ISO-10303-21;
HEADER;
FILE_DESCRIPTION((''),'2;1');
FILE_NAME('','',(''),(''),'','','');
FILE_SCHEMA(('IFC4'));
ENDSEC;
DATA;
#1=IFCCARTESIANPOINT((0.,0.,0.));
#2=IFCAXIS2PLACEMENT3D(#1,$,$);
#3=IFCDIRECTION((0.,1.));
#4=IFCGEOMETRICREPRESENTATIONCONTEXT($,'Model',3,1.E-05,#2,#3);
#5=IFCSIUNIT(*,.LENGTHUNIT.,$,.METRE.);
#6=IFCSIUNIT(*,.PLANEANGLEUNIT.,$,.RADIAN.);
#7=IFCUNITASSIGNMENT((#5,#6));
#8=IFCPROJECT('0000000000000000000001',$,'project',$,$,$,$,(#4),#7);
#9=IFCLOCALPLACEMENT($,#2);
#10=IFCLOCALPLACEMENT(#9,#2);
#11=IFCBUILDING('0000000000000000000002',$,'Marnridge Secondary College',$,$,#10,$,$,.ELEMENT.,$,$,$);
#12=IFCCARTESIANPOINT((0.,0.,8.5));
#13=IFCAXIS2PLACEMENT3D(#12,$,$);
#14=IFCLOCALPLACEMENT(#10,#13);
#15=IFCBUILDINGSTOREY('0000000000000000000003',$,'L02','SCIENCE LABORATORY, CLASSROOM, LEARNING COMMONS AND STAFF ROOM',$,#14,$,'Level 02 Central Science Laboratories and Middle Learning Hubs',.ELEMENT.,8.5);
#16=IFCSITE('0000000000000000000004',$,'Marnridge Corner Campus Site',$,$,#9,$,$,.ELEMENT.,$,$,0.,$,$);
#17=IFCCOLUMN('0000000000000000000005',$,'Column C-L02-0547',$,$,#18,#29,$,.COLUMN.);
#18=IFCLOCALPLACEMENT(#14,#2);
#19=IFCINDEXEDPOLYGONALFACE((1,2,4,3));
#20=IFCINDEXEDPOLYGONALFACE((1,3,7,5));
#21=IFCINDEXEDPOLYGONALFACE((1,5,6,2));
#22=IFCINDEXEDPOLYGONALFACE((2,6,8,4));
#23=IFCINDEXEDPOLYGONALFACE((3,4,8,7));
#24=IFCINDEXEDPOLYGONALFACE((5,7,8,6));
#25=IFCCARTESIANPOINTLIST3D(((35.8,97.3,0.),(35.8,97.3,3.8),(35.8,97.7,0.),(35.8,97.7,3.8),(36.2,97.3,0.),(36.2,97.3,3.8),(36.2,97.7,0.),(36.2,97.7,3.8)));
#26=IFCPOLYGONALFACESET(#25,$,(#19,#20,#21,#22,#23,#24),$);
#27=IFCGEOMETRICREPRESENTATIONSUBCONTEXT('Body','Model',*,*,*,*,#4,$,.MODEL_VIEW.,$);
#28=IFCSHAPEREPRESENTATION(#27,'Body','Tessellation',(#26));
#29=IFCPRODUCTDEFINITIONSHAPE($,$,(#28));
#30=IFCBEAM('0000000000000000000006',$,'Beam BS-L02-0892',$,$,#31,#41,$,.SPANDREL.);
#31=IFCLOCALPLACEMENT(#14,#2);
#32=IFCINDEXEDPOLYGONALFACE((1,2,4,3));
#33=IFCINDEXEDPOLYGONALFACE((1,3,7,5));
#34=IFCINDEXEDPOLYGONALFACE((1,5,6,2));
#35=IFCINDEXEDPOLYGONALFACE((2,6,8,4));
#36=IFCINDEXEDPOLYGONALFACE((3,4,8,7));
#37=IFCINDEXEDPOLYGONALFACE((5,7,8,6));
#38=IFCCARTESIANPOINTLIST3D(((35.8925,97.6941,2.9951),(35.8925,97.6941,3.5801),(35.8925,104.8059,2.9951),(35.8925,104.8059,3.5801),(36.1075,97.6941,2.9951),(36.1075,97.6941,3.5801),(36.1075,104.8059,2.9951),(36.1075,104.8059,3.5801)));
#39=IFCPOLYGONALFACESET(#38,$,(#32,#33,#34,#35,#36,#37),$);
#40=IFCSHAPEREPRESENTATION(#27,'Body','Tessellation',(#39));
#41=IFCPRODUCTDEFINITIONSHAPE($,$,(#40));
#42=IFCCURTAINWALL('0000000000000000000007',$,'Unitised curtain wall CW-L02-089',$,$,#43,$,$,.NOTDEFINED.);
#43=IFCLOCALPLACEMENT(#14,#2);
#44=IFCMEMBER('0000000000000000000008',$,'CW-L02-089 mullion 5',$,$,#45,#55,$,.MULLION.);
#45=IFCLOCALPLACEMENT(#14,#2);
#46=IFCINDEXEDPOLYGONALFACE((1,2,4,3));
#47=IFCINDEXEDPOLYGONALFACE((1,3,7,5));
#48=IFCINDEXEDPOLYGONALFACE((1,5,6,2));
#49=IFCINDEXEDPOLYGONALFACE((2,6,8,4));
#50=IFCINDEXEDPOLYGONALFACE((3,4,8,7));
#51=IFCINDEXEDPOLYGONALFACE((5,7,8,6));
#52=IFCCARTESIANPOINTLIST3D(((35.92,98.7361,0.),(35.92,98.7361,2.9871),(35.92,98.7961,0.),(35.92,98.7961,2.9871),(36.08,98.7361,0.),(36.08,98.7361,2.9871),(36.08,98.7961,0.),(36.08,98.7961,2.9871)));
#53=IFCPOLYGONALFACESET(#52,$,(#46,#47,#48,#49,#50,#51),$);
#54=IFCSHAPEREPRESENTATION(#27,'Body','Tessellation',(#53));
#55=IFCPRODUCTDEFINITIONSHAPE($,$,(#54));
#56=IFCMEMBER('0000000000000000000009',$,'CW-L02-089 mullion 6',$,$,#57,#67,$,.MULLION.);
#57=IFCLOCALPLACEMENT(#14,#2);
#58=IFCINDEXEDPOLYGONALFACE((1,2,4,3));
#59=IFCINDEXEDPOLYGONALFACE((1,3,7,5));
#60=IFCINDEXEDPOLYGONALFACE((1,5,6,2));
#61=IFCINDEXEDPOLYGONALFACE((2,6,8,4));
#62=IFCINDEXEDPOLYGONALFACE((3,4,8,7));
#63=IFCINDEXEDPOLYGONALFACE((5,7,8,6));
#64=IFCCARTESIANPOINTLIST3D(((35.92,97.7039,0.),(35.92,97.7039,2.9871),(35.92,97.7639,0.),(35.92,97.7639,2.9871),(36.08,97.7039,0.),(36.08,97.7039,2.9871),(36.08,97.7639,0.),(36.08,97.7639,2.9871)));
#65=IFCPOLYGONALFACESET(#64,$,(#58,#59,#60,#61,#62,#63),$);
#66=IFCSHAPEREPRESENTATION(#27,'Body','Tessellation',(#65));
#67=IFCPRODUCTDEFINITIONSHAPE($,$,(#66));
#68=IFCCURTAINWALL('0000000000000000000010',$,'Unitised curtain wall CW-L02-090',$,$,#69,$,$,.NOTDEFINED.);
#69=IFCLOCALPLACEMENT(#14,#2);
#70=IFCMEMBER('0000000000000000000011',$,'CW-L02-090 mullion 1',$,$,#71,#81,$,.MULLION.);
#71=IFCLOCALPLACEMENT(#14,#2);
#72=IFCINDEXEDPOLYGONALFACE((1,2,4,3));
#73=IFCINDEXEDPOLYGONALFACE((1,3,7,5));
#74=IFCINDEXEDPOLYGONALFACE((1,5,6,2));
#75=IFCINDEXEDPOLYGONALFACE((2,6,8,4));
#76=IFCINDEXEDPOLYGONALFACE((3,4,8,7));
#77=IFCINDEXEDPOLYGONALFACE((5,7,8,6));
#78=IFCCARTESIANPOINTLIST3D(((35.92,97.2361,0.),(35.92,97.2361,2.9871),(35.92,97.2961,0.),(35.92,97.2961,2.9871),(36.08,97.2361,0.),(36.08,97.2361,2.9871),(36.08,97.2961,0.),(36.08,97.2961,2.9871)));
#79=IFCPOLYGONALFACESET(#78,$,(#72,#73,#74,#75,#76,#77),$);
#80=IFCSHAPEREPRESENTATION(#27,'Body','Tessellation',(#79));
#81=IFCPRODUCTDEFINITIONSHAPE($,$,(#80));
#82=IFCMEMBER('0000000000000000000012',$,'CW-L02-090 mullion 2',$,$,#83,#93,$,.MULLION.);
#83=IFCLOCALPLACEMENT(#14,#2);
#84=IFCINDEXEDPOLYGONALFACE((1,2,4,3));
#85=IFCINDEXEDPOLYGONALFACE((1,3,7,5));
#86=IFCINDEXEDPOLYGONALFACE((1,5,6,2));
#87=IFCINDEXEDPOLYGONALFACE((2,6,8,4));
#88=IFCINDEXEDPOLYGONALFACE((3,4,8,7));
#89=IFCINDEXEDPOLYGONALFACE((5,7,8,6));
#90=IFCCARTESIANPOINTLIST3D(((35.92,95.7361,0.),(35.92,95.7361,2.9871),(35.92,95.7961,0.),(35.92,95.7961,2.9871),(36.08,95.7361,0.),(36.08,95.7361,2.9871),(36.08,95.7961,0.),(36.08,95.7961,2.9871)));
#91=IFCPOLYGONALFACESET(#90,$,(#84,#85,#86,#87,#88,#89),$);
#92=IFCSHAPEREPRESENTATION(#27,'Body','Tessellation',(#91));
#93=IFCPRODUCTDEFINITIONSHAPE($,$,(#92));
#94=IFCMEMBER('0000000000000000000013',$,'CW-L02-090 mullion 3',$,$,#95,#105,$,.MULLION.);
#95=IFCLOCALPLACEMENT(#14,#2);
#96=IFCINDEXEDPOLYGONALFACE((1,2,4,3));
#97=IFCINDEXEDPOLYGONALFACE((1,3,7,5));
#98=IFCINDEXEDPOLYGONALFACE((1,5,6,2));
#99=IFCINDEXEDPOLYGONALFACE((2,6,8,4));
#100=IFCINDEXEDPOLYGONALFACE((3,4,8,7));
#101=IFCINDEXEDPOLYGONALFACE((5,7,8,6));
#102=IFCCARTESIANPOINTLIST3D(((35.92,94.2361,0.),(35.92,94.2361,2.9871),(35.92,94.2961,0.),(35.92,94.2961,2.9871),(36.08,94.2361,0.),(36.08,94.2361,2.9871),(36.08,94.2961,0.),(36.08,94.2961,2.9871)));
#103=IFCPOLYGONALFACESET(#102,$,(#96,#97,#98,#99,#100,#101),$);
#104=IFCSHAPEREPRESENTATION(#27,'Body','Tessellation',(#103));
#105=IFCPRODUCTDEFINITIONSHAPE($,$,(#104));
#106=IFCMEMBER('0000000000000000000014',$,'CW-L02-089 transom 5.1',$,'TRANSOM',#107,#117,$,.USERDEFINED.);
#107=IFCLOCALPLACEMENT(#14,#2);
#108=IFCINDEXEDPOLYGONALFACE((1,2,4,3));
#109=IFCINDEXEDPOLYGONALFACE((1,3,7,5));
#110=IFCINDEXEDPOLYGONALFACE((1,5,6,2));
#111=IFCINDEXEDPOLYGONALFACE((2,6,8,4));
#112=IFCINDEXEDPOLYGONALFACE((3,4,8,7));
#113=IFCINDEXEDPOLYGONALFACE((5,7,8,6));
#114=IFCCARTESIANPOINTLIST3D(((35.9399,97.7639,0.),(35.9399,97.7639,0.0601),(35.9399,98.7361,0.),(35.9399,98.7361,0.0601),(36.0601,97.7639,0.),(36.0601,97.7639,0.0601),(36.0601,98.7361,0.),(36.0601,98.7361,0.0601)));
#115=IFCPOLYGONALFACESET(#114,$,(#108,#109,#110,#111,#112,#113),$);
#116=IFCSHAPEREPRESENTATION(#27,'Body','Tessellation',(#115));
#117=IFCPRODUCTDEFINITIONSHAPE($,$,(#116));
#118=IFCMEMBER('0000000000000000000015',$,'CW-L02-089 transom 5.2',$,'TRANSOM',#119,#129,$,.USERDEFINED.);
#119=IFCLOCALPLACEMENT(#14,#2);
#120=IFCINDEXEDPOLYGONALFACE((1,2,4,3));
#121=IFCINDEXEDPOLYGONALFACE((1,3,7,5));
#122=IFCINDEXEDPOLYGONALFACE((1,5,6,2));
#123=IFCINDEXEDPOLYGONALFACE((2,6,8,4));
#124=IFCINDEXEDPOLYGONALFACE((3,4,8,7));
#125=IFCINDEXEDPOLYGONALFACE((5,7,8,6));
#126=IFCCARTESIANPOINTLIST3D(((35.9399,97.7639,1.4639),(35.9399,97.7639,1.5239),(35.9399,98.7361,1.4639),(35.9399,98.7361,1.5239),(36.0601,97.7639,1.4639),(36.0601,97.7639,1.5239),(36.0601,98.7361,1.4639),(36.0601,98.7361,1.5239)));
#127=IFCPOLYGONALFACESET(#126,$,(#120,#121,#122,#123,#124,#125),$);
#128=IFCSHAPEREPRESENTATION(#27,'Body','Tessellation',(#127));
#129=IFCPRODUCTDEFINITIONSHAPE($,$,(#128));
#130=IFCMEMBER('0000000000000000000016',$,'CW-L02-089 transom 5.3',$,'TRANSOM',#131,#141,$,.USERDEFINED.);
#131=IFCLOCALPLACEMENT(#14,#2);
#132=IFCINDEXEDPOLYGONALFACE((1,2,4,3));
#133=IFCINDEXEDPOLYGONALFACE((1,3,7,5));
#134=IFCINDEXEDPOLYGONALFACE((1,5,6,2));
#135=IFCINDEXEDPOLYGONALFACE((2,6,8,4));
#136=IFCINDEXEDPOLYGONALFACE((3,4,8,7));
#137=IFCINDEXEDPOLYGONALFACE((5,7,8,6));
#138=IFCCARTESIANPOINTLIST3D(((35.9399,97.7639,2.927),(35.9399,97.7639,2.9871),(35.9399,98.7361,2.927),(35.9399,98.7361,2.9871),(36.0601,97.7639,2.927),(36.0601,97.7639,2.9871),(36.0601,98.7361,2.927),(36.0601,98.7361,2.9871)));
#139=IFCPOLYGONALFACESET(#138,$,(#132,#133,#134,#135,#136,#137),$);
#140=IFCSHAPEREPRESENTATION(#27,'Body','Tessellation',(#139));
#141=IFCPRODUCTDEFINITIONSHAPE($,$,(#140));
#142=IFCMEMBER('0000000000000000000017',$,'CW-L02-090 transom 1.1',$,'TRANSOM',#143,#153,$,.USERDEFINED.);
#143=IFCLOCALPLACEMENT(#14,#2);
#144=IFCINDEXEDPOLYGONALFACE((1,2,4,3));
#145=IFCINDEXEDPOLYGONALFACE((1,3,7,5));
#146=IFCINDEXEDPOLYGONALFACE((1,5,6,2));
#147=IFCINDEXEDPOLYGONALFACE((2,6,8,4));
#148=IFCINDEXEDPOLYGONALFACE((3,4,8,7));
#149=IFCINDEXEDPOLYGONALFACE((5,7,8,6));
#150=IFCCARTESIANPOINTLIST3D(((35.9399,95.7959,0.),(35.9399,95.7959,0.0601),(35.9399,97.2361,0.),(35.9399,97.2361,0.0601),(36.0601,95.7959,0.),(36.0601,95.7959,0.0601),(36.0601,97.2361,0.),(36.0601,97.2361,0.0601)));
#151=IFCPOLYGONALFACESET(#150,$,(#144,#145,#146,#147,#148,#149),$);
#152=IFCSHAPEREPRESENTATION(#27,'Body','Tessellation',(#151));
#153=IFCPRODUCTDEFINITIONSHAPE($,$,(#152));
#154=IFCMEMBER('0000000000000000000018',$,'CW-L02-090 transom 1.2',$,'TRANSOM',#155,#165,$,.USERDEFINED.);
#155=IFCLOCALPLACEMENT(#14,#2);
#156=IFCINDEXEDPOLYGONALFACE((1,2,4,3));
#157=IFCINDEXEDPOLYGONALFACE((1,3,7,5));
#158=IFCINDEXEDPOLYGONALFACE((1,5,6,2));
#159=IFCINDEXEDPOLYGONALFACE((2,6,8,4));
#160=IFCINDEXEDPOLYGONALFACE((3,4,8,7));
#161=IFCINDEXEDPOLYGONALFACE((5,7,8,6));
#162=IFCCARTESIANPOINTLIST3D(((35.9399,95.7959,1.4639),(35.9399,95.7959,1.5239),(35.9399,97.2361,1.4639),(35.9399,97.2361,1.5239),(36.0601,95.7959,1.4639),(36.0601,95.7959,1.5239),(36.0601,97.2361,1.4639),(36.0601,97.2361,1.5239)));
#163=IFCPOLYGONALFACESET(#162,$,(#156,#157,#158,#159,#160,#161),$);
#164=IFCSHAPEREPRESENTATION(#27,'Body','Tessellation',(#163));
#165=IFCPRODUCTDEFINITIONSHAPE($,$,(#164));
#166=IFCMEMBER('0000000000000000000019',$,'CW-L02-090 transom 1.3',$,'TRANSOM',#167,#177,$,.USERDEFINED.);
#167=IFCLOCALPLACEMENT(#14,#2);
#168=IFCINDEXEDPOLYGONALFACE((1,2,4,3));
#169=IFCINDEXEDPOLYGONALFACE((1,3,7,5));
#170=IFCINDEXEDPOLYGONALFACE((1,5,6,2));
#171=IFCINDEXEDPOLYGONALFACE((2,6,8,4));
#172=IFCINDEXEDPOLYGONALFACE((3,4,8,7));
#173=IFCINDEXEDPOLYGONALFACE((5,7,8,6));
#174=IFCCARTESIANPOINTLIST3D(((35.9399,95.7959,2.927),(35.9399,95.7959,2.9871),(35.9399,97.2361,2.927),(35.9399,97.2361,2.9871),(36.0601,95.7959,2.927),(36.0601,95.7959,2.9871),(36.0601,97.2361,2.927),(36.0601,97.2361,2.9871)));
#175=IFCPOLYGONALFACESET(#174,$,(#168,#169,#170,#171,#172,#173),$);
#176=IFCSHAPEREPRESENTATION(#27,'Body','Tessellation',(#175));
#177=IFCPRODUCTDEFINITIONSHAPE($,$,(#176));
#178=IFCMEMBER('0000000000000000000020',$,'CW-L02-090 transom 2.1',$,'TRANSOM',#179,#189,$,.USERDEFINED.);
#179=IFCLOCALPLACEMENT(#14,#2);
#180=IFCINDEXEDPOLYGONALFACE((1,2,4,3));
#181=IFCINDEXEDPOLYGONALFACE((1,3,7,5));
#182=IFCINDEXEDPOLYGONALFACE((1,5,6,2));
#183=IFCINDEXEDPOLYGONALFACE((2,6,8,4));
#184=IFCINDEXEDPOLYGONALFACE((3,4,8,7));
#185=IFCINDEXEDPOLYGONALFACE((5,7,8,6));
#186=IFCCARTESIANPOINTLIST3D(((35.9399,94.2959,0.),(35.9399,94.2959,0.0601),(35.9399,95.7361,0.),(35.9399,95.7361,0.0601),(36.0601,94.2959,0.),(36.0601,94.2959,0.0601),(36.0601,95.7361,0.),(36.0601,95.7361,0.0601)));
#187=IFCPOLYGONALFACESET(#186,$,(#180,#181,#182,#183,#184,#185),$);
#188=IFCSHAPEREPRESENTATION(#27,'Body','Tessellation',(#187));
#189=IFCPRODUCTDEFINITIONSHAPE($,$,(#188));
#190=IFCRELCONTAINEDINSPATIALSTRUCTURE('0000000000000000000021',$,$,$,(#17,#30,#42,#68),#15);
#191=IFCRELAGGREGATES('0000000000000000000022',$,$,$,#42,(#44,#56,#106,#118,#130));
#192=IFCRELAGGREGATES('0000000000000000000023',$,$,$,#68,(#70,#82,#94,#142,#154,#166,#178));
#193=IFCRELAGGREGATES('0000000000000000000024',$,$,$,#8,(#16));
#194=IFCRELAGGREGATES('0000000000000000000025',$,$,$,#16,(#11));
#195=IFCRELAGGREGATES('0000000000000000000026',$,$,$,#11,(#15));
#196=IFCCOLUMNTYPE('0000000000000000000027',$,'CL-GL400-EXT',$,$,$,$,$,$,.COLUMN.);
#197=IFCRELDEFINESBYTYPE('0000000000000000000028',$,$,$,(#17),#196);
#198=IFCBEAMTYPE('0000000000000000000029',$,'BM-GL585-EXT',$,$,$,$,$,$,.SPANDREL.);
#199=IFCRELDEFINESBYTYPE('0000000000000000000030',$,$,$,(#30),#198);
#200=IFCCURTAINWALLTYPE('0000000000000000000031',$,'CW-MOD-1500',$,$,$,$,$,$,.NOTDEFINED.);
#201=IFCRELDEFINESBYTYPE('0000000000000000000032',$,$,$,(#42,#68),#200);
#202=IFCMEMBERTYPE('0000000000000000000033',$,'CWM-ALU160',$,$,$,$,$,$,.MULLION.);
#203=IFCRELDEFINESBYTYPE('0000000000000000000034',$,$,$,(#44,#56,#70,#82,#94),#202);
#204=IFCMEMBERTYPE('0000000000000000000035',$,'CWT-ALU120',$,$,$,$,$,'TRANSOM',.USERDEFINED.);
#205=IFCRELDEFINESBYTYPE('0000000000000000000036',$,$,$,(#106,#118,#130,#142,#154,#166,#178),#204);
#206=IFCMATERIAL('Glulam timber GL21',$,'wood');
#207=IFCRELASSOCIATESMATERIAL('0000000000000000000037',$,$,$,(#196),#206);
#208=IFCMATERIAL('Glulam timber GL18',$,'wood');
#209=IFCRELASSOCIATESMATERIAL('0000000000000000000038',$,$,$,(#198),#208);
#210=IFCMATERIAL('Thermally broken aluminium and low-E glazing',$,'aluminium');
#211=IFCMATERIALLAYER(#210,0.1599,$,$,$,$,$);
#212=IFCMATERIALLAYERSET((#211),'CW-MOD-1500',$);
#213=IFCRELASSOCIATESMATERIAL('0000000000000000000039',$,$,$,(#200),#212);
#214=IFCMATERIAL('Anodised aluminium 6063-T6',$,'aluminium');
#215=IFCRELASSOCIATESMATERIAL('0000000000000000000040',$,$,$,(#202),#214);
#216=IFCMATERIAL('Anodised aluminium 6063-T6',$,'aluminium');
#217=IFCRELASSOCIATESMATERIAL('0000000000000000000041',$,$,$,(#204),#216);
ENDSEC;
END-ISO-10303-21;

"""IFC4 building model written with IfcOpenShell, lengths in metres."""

from ifc_helpers import new_model, si_unit, direction, frame, origin, origin_2d, place, context, subcontext, project, spatial, rectangle, extrude, material, layer, layer_set, material_profile, profile_set, type_object, element, aggregate, save


model = new_model("IFC4")

# Units and contexts
model_context = context("Model", 3, precision=1e-05, world=origin(), true_north=direction((0.0, 1.0)))
body_context = subcontext(model_context, "Body", "Model", "MODEL_VIEW")
ifc_project = project(units=[si_unit("LENGTHUNIT", "METRE"), si_unit("PLANEANGLEUNIT", "RADIAN")], contexts=[model_context])

# Site, building, storey
site_placement = place(None, origin())
site = spatial("IfcSite", under=ifc_project, at=site_placement, Name="Marnridge Corner Campus Site", CompositionType="ELEMENT", RefElevation=0.0)
building_placement = place(site_placement, origin())
building = spatial("IfcBuilding", under=site, at=building_placement, Name="Marnridge Secondary College", CompositionType="ELEMENT")
storey_placement = place(building_placement, frame((0.0, 0.0, 8.5)))
storey = spatial("IfcBuildingStorey", under=building, at=storey_placement, Name="L02", Description="SCIENCE LABORATORY, CLASSROOM, LEARNING COMMONS AND STAFF ROOM", LongName="Level 02 Central Science Laboratories and Middle Learning Hubs", CompositionType="ELEMENT", Elevation=8.5)

# Column
ifc_material_1 = material(Name="Glulam timber GL21", Category="wood")
ifc_material_profile_1 = material_profile(ifc_material_1, rectangle(XDim=0.3999, YDim=0.3999, at=origin_2d()), Name="GL21 400x400")
ifc_profile_set_1 = profile_set([ifc_material_profile_1], Name="Glulam timber GL21")
column_type = type_object("IfcColumnType", Name="CL-GL400-EXT", PredefinedType="COLUMN", material=ifc_profile_set_1)
column_placement = place(storey_placement, frame((36.0, 97.5, 0.0), z_axis=(0.0, 0.0, 1.0), x_axis=(1.0, 0.0, 0.0)))
element("IfcColumn", 1, at=column_placement, inside=storey, type_object=column_type, Name="Column C-L02-0547", PredefinedType="COLUMN", context=body_context, shape_type="SweptSolid", body=[
    extrude(rectangle(XDim=0.3999, YDim=0.3999, at=origin_2d()), origin(), (0.0, 0.0, 1.0), 3.8),
])

# Beam
ifc_material_2 = material(Name="Glulam timber GL18", Category="wood")
ifc_material_profile_2 = material_profile(ifc_material_2, rectangle(XDim=0.2151, YDim=0.585, at=origin_2d()), Name="GL18 215x585")
ifc_profile_set_2 = profile_set([ifc_material_profile_2], Name="Glulam timber GL18")
beam_type = type_object("IfcBeamType", Name="BM-GL585-EXT", PredefinedType="SPANDREL", material=ifc_profile_set_2)
beam_placement = place(storey_placement, frame((36.0, 97.6941, 3.2876), z_axis=(0.0, 1.0, 0.0), x_axis=(-1.0, 0.0, 0.0)))
element("IfcBeam", 2, at=beam_placement, inside=storey, type_object=beam_type, Name="Beam BS-L02-0892", PredefinedType="SPANDREL", context=body_context, shape_type="SweptSolid", body=[
    extrude(rectangle(XDim=0.2151, YDim=0.585, at=origin_2d()), origin(), (0.0, 0.0, 1.0), 7.1118),
])

# Curtain walls, members
ifc_material_3 = material(Name="Thermally broken aluminium and low-E glazing", Category="aluminium")
ifc_layer_1 = layer(ifc_material_3, 0.1599)
ifc_layer_set_1 = layer_set([ifc_layer_1], Name="CW-MOD-1500")
curtain_wall_type = type_object("IfcCurtainWallType", Name="CW-MOD-1500", PredefinedType="NOTDEFINED", material=ifc_layer_set_1)
curtain_wall_1_placement = place(storey_placement, origin())
curtain_wall_1 = element("IfcCurtainWall", 3, at=curtain_wall_1_placement, inside=storey, type_object=curtain_wall_type, Name="Unitised curtain wall CW-L02-089", PredefinedType="NOTDEFINED")
ifc_material_4 = material(Name="Anodised aluminium 6063-T6", Category="aluminium")
ifc_material_profile_3 = material_profile(ifc_material_4, rectangle(XDim=0.0601, YDim=0.1599, at=origin_2d()), Name="ALU 60x160")
ifc_profile_set_3 = profile_set([ifc_material_profile_3], Name="Anodised aluminium 6063-T6")
member_type_1 = type_object("IfcMemberType", Name="CWM-ALU160", PredefinedType="MULLION", material=ifc_profile_set_3)
member_1_placement = place(storey_placement, frame((36.0, 98.7661, 0.0), z_axis=(0.0, 0.0, 1.0), x_axis=(0.0, -1.0, 0.0)))
member_1 = element("IfcMember", 4, at=member_1_placement, type_object=member_type_1, Name="CW-L02-089 mullion 5", PredefinedType="MULLION", context=body_context, shape_type="SweptSolid", body=[
    extrude(rectangle(XDim=0.0601, YDim=0.1599, at=origin_2d()), origin(), (0.0, 0.0, 1.0), 2.9871),
])
member_2_placement = place(storey_placement, frame((36.0, 97.7339, 0.0), z_axis=(0.0, 0.0, 1.0), x_axis=(0.0, -1.0, 0.0)))
member_2 = element("IfcMember", 5, at=member_2_placement, type_object=member_type_1, Name="CW-L02-089 mullion 6", PredefinedType="MULLION", context=body_context, shape_type="SweptSolid", body=[
    extrude(rectangle(XDim=0.0601, YDim=0.1599, at=origin_2d()), origin(), (0.0, 0.0, 1.0), 2.9871),
])
curtain_wall_2_placement = place(storey_placement, origin())
curtain_wall_2 = element("IfcCurtainWall", 6, at=curtain_wall_2_placement, inside=storey, type_object=curtain_wall_type, Name="Unitised curtain wall CW-L02-090", PredefinedType="NOTDEFINED")
member_3_placement = place(storey_placement, frame((36.0, 97.2661, 0.0), z_axis=(0.0, 0.0, 1.0), x_axis=(0.0, -1.0, 0.0)))
member_3 = element("IfcMember", 7, at=member_3_placement, type_object=member_type_1, Name="CW-L02-090 mullion 1", PredefinedType="MULLION", context=body_context, shape_type="SweptSolid", body=[
    extrude(rectangle(XDim=0.0601, YDim=0.1599, at=origin_2d()), origin(), (0.0, 0.0, 1.0), 2.9871),
])
member_4_placement = place(storey_placement, frame((36.0, 95.7661, 0.0), z_axis=(0.0, 0.0, 1.0), x_axis=(0.0, -1.0, 0.0)))
member_4 = element("IfcMember", 8, at=member_4_placement, type_object=member_type_1, Name="CW-L02-090 mullion 2", PredefinedType="MULLION", context=body_context, shape_type="SweptSolid", body=[
    extrude(rectangle(XDim=0.0601, YDim=0.1599, at=origin_2d()), origin(), (0.0, 0.0, 1.0), 2.9871),
])
member_5_placement = place(storey_placement, frame((36.0, 94.2661, 0.0), z_axis=(0.0, 0.0, 1.0), x_axis=(0.0, -1.0, 0.0)))
member_5 = element("IfcMember", 9, at=member_5_placement, type_object=member_type_1, Name="CW-L02-090 mullion 3", PredefinedType="MULLION", context=body_context, shape_type="SweptSolid", body=[
    extrude(rectangle(XDim=0.0601, YDim=0.1599, at=origin_2d()), origin(), (0.0, 0.0, 1.0), 2.9871),
])

# Members
ifc_material_5 = material(Name="Anodised aluminium 6063-T6", Category="aluminium")
ifc_material_profile_4 = material_profile(ifc_material_5, rectangle(XDim=0.0601, YDim=0.1201, at=origin_2d()), Name="ALU 60x120")
ifc_profile_set_4 = profile_set([ifc_material_profile_4], Name="Anodised aluminium 6063-T6")
member_type_2 = type_object("IfcMemberType", Name="CWT-ALU120", ElementType="TRANSOM", PredefinedType="USERDEFINED", material=ifc_profile_set_4)
member_6_placement = place(storey_placement, frame((36.0, 98.7361, 0.03), z_axis=(0.0, -1.0, 0.0), x_axis=(0.0, 0.0, 1.0)))
member_6 = element("IfcMember", 10, at=member_6_placement, type_object=member_type_2, Name="CW-L02-089 transom 5.1", ObjectType="TRANSOM", PredefinedType="USERDEFINED", context=body_context, shape_type="SweptSolid", body=[
    extrude(rectangle(XDim=0.0601, YDim=0.1201, at=origin_2d()), origin(), (0.0, 0.0, 1.0), 0.9722),
])
member_7_placement = place(storey_placement, frame((36.0, 98.7361, 1.4939), z_axis=(0.0, -1.0, 0.0), x_axis=(0.0, 0.0, 1.0)))
member_7 = element("IfcMember", 11, at=member_7_placement, type_object=member_type_2, Name="CW-L02-089 transom 5.2", ObjectType="TRANSOM", PredefinedType="USERDEFINED", context=body_context, shape_type="SweptSolid", body=[
    extrude(rectangle(XDim=0.0601, YDim=0.1201, at=origin_2d()), origin(), (0.0, 0.0, 1.0), 0.9722),
])
member_8_placement = place(storey_placement, frame((36.0, 98.7361, 2.957), z_axis=(0.0, -1.0, 0.0), x_axis=(0.0, 0.0, 1.0)))
member_8 = element("IfcMember", 12, at=member_8_placement, type_object=member_type_2, Name="CW-L02-089 transom 5.3", ObjectType="TRANSOM", PredefinedType="USERDEFINED", context=body_context, shape_type="SweptSolid", body=[
    extrude(rectangle(XDim=0.0601, YDim=0.1201, at=origin_2d()), origin(), (0.0, 0.0, 1.0), 0.9722),
])
member_9_placement = place(storey_placement, frame((36.0, 97.2361, 0.03), z_axis=(0.0, -1.0, 0.0), x_axis=(0.0, 0.0, 1.0)))
member_9 = element("IfcMember", 13, at=member_9_placement, type_object=member_type_2, Name="CW-L02-090 transom 1.1", ObjectType="TRANSOM", PredefinedType="USERDEFINED", context=body_context, shape_type="SweptSolid", body=[
    extrude(rectangle(XDim=0.0601, YDim=0.1201, at=origin_2d()), origin(), (0.0, 0.0, 1.0), 1.4402),
])
member_10_placement = place(storey_placement, frame((36.0, 97.2361, 1.4939), z_axis=(0.0, -1.0, 0.0), x_axis=(0.0, 0.0, 1.0)))
member_10 = element("IfcMember", 14, at=member_10_placement, type_object=member_type_2, Name="CW-L02-090 transom 1.2", ObjectType="TRANSOM", PredefinedType="USERDEFINED", context=body_context, shape_type="SweptSolid", body=[
    extrude(rectangle(XDim=0.0601, YDim=0.1201, at=origin_2d()), origin(), (0.0, 0.0, 1.0), 1.4402),
])
member_11_placement = place(storey_placement, frame((36.0, 97.2361, 2.957), z_axis=(0.0, -1.0, 0.0), x_axis=(0.0, 0.0, 1.0)))
member_11 = element("IfcMember", 15, at=member_11_placement, type_object=member_type_2, Name="CW-L02-090 transom 1.3", ObjectType="TRANSOM", PredefinedType="USERDEFINED", context=body_context, shape_type="SweptSolid", body=[
    extrude(rectangle(XDim=0.0601, YDim=0.1201, at=origin_2d()), origin(), (0.0, 0.0, 1.0), 1.4402),
])
member_12_placement = place(storey_placement, frame((36.0, 95.7361, 0.03), z_axis=(0.0, -1.0, 0.0), x_axis=(0.0, 0.0, 1.0)))
member_12 = element("IfcMember", 16, at=member_12_placement, type_object=member_type_2, Name="CW-L02-090 transom 2.1", ObjectType="TRANSOM", PredefinedType="USERDEFINED", context=body_context, shape_type="SweptSolid", body=[
    extrude(rectangle(XDim=0.0601, YDim=0.1201, at=origin_2d()), origin(), (0.0, 0.0, 1.0), 1.4402),
])

aggregate(curtain_wall_1, [member_1, member_2, member_6, member_7, member_8])
aggregate(curtain_wall_2, [member_3, member_4, member_5, member_9, member_10, member_11, member_12])

save(model, "model.ifc")
